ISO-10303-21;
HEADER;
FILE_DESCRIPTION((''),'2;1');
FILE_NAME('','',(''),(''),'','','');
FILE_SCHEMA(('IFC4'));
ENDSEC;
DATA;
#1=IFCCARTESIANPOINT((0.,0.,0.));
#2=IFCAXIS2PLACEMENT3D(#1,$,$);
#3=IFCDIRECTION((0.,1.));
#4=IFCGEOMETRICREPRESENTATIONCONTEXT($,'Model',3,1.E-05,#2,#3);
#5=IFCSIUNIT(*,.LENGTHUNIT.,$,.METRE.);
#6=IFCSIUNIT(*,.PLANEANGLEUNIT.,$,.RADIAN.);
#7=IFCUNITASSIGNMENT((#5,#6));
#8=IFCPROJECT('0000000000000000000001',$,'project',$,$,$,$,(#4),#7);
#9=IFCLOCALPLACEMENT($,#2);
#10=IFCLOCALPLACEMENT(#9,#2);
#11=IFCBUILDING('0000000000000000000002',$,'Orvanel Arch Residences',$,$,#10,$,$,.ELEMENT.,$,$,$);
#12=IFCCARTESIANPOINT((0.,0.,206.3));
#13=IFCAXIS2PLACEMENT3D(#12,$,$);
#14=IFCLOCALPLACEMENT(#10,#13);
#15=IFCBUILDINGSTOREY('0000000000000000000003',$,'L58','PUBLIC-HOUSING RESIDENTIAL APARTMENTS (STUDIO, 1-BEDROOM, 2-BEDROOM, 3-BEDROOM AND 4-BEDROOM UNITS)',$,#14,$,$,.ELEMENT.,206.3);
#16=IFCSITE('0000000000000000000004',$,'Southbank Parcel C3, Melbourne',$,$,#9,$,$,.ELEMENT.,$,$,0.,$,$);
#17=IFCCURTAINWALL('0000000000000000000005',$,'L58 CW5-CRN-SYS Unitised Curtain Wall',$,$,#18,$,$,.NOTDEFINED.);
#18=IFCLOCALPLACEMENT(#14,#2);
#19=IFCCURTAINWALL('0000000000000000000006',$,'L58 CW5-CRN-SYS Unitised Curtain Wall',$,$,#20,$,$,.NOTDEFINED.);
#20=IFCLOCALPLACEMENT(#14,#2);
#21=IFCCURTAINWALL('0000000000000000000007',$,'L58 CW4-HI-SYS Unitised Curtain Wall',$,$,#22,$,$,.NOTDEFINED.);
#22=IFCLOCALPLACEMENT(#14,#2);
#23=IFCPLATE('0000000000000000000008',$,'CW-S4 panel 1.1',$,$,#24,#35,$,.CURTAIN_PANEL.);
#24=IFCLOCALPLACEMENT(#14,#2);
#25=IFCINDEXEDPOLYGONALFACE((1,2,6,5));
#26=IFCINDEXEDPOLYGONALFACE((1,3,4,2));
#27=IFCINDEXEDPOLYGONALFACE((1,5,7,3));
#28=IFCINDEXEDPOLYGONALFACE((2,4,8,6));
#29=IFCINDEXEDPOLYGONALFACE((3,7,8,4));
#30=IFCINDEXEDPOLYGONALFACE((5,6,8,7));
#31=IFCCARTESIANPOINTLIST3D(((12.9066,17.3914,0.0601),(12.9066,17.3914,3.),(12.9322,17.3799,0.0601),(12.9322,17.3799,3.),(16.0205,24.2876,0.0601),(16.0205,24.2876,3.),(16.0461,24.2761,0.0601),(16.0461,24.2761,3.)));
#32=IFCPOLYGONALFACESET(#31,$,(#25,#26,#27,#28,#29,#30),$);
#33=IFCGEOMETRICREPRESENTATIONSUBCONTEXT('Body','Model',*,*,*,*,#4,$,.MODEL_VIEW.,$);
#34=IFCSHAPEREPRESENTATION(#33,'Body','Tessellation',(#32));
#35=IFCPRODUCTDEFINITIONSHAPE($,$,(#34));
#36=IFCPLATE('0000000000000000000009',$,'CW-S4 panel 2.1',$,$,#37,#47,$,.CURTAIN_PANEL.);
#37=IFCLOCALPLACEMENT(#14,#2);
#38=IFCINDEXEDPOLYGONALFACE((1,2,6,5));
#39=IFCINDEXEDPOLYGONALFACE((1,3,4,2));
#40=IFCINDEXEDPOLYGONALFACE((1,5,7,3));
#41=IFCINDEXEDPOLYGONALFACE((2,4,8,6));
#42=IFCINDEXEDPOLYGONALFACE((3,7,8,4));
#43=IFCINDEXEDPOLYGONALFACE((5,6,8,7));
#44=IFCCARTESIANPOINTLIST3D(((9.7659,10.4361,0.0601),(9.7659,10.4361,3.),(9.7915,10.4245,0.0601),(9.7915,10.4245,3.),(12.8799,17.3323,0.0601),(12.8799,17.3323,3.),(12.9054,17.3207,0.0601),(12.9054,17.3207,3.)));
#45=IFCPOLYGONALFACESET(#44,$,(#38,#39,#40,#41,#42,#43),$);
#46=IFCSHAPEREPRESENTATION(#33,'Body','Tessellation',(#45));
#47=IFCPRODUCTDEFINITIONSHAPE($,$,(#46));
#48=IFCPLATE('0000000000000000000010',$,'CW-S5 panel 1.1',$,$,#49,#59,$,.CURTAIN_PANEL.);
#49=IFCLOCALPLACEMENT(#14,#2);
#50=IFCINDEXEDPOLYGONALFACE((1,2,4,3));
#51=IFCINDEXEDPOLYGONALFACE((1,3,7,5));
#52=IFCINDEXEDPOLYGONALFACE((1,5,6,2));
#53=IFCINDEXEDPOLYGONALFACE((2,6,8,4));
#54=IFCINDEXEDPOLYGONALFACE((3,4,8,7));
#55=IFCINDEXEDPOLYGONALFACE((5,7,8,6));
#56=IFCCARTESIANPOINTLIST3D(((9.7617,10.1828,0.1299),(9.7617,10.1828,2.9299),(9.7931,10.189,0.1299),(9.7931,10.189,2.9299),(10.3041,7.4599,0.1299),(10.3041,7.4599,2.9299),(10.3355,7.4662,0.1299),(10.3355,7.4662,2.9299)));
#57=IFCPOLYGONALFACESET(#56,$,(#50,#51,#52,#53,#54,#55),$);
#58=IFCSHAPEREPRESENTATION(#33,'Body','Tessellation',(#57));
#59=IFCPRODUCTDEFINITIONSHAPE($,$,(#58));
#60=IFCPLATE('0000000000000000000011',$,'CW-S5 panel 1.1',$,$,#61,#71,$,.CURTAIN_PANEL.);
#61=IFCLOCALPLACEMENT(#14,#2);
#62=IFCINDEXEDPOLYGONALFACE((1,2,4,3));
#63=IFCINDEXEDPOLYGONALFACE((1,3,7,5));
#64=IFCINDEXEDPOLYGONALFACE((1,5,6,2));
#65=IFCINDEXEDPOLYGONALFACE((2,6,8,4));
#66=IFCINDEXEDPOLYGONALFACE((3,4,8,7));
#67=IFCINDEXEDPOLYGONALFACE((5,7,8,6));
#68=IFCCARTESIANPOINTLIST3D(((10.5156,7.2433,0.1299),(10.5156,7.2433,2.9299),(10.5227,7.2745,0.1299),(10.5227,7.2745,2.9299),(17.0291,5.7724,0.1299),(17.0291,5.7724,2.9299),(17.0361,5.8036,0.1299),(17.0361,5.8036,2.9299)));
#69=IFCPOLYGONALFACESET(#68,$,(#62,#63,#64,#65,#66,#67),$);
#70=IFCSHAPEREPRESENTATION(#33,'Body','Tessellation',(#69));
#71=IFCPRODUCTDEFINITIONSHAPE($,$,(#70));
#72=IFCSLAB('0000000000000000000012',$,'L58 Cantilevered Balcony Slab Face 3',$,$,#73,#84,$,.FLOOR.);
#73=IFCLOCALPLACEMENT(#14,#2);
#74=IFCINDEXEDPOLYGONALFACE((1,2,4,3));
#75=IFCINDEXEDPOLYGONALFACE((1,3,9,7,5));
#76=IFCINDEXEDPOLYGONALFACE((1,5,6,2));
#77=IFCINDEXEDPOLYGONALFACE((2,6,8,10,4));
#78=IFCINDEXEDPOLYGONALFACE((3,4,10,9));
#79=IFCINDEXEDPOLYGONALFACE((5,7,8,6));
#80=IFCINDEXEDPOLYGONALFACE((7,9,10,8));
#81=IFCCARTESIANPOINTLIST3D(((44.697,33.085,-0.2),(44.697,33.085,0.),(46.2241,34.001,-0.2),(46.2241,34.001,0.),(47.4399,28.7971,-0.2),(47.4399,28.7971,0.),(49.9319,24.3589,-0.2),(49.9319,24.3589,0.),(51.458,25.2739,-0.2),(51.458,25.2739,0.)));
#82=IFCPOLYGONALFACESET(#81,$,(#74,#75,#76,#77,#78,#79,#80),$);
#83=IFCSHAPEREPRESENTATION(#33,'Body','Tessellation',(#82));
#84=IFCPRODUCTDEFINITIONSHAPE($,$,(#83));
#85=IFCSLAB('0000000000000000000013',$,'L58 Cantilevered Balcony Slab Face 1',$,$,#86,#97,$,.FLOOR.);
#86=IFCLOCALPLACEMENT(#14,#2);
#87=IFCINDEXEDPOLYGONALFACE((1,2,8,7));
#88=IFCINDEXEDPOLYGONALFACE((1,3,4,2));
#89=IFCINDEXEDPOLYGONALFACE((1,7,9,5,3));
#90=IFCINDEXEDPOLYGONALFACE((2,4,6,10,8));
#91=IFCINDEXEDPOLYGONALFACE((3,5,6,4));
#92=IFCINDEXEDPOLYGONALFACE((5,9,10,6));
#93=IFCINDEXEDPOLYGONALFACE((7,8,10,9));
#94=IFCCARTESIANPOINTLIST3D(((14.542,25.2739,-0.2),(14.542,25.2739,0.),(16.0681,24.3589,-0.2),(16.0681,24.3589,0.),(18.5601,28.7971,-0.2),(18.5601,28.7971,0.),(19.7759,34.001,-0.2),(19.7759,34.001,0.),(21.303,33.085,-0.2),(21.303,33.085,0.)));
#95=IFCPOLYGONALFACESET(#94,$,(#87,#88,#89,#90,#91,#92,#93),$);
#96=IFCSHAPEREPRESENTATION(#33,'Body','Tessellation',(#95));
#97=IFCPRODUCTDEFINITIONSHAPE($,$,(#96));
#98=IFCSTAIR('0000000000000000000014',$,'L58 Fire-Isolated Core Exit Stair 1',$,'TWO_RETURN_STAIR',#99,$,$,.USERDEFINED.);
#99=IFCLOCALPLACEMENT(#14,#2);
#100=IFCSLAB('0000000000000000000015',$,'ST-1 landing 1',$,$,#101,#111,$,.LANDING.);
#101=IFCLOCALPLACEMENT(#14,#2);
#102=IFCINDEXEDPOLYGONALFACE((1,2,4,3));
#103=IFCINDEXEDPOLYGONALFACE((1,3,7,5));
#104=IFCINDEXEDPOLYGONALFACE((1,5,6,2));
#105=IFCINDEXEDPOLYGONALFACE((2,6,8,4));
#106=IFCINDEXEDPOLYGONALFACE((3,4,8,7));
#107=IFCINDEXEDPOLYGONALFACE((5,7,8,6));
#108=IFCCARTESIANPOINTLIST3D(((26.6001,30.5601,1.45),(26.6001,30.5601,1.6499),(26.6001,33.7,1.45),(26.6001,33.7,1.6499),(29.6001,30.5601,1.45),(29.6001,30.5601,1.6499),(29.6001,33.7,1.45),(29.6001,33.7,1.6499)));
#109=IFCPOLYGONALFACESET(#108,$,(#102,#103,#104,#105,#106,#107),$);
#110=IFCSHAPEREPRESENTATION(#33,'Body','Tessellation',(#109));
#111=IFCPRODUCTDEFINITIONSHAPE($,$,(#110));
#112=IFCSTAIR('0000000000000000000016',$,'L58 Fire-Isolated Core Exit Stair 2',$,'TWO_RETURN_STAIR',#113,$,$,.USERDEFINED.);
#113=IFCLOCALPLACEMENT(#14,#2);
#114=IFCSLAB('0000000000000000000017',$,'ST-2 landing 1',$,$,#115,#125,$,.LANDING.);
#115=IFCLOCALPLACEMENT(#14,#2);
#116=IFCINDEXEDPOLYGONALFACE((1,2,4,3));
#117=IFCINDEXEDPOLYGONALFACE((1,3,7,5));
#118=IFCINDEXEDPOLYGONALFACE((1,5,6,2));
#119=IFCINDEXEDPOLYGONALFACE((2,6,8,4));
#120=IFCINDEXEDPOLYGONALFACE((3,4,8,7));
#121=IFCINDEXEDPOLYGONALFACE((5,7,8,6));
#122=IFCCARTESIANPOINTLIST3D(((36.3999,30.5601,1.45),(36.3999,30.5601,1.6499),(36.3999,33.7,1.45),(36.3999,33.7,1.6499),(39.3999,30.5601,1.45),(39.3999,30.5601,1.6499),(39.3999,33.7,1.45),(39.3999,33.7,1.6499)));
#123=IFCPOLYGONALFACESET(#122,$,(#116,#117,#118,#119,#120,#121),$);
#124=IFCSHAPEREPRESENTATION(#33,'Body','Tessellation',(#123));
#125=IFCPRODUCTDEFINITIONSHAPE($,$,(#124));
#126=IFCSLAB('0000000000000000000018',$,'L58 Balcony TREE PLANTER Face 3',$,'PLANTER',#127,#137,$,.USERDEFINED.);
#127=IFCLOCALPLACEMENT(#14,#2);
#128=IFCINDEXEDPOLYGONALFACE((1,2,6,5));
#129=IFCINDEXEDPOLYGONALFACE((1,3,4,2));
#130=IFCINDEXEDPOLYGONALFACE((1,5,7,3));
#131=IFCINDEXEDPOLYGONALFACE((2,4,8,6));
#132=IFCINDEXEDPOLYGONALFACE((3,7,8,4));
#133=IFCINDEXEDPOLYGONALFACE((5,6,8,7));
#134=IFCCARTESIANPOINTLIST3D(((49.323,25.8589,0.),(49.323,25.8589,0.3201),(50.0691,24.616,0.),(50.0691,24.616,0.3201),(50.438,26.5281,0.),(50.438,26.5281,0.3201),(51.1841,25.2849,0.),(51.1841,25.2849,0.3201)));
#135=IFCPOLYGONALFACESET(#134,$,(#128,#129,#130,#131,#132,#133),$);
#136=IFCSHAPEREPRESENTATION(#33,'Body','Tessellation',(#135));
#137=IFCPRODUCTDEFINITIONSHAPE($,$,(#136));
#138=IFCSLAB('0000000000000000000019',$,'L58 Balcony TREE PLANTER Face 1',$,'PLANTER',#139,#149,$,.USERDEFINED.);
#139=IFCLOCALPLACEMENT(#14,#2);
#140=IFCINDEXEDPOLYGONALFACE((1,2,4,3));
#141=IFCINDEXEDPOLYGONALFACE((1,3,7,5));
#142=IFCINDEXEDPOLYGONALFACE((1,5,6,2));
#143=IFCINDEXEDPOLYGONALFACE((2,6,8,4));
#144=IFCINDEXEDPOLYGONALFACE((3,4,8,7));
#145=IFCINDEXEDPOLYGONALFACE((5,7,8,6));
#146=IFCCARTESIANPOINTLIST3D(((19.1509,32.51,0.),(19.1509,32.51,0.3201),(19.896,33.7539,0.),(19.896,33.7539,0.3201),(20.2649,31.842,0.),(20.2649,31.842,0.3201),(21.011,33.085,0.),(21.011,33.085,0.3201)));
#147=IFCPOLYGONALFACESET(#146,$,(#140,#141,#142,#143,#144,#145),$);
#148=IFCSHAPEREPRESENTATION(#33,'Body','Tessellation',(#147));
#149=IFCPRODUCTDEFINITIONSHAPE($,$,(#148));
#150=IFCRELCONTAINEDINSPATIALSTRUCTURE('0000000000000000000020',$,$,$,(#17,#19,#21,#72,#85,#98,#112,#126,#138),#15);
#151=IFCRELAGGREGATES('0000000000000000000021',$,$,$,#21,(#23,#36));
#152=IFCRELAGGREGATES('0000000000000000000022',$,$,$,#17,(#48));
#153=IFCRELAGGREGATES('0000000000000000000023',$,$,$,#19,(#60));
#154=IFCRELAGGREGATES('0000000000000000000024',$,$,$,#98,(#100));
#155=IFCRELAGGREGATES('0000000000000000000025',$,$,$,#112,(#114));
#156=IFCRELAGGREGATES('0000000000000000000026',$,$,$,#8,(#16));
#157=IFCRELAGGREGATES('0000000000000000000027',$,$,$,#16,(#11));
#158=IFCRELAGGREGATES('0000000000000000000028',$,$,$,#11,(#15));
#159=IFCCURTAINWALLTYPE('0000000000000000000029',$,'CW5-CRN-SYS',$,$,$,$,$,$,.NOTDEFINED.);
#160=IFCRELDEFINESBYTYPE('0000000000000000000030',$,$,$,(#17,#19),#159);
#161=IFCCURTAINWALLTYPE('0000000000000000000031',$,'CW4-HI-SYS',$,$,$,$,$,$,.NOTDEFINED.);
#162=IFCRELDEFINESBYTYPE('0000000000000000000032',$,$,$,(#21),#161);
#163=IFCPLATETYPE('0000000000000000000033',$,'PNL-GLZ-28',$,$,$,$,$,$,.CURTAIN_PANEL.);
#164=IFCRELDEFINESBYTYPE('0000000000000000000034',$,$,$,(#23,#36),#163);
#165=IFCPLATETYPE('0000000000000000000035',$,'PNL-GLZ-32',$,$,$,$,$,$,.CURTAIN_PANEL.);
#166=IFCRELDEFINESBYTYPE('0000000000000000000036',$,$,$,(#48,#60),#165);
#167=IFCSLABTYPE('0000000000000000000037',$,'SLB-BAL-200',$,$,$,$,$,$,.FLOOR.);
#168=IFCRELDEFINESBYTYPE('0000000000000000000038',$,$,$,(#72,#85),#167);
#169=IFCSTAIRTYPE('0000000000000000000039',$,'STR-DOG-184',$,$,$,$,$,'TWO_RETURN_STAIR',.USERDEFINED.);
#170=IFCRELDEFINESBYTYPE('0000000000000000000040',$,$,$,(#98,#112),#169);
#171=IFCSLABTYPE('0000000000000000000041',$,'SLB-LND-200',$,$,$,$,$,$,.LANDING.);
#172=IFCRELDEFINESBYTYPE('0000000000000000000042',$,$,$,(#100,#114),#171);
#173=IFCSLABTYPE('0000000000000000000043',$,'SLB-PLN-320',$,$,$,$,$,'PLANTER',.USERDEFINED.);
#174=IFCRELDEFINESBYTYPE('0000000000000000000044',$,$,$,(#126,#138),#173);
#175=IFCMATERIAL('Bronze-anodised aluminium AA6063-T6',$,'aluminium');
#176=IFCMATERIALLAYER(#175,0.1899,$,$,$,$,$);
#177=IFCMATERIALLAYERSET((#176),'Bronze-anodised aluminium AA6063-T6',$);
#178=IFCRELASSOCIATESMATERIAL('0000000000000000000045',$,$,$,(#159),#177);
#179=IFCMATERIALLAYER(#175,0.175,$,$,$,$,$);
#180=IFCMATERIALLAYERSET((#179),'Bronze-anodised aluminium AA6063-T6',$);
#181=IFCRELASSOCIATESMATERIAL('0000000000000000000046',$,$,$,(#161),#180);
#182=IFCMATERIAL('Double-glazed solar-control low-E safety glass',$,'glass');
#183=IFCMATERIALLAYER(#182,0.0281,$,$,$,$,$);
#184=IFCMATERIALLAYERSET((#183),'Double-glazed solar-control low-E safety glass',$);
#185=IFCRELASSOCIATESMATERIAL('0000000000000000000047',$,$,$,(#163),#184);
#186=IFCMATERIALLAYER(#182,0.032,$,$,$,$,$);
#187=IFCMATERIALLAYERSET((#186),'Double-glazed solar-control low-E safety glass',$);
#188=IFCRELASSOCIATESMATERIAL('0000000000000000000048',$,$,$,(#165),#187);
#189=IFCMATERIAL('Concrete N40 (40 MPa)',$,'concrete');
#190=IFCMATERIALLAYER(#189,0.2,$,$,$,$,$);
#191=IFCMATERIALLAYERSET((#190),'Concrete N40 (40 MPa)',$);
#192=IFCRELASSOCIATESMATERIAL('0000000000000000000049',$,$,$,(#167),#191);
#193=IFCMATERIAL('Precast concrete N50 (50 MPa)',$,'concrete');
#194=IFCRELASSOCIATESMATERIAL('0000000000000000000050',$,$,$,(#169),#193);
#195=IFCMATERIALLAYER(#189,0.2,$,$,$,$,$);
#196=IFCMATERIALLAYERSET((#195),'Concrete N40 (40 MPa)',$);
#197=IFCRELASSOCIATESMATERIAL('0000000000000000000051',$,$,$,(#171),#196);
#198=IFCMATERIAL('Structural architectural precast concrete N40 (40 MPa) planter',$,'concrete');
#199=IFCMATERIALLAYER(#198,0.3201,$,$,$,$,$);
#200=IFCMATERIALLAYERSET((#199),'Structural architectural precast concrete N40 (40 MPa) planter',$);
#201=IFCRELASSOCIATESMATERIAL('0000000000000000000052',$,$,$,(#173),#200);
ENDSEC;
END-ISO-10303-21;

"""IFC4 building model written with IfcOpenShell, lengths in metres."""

from ifc_helpers import new_model, si_unit, direction, frame, origin, origin_2d, place, context, subcontext, project, spatial, polyline, rectangle, outline, extrude, material, layer, layer_set, type_object, element, aggregate, save


model = new_model("IFC4")

# Units and contexts
model_context = context("Model", 3, precision=1e-05, world=origin(), true_north=direction((0.0, 1.0)))
body_context = subcontext(model_context, "Body", "Model", "MODEL_VIEW")
ifc_project = project(units=[si_unit("LENGTHUNIT", "METRE"), si_unit("PLANEANGLEUNIT", "RADIAN")], contexts=[model_context])

# Site, building, storey
site_placement = place(None, origin())
site = spatial("IfcSite", under=ifc_project, at=site_placement, Name="Southbank Parcel C3, Melbourne", CompositionType="ELEMENT", RefElevation=0.0)
building_placement = place(site_placement, origin())
building = spatial("IfcBuilding", under=site, at=building_placement, Name="Orvanel Arch Residences", CompositionType="ELEMENT")
storey_placement = place(building_placement, frame((0.0, 0.0, 206.3)))
storey = spatial("IfcBuildingStorey", under=building, at=storey_placement, Name="L58", Description="PUBLIC-HOUSING RESIDENTIAL APARTMENTS (STUDIO, 1-BEDROOM, 2-BEDROOM, 3-BEDROOM AND 4-BEDROOM UNITS)", CompositionType="ELEMENT", Elevation=206.3)

# Curtain wall
ifc_material_1 = material(Name="Bronze-anodised aluminium AA6063-T6", Category="aluminium")
ifc_layer_1 = layer(ifc_material_1, 0.1899)
ifc_layer_set_1 = layer_set([ifc_layer_1], Name="Bronze-anodised aluminium AA6063-T6")
curtain_wall_type_1 = type_object("IfcCurtainWallType", Name="CW5-CRN-SYS", PredefinedType="NOTDEFINED", material=ifc_layer_set_1)
curtain_wall_1_placement = place(storey_placement, origin())
curtain_wall_1 = element("IfcCurtainWall", 1, at=curtain_wall_1_placement, inside=storey, type_object=curtain_wall_type_1, Name="L58 CW5-CRN-SYS Unitised Curtain Wall", PredefinedType="NOTDEFINED")

# Curtain wall
curtain_wall_2_placement = place(storey_placement, origin())
curtain_wall_2 = element("IfcCurtainWall", 2, at=curtain_wall_2_placement, inside=storey, type_object=curtain_wall_type_1, Name="L58 CW5-CRN-SYS Unitised Curtain Wall", PredefinedType="NOTDEFINED")

# Curtain wall
ifc_layer_2 = layer(ifc_material_1, 0.175)
ifc_layer_set_2 = layer_set([ifc_layer_2], Name="Bronze-anodised aluminium AA6063-T6")
curtain_wall_type_2 = type_object("IfcCurtainWallType", Name="CW4-HI-SYS", PredefinedType="NOTDEFINED", material=ifc_layer_set_2)
curtain_wall_3_placement = place(storey_placement, origin())
curtain_wall_3 = element("IfcCurtainWall", 3, at=curtain_wall_3_placement, inside=storey, type_object=curtain_wall_type_2, Name="L58 CW4-HI-SYS Unitised Curtain Wall", PredefinedType="NOTDEFINED")

# Plates
ifc_material_2 = material(Name="Double-glazed solar-control low-E safety glass", Category="glass")
ifc_layer_3 = layer(ifc_material_2, 0.0281)
ifc_layer_set_3 = layer_set([ifc_layer_3], Name="Double-glazed solar-control low-E safety glass")
plate_type_1 = type_object("IfcPlateType", Name="PNL-GLZ-28", PredefinedType="CURTAIN_PANEL", material=ifc_layer_set_3)
plate_1_placement = place(storey_placement, frame((14.4763, 20.8337, 0.0601), z_axis=(0.0, 0.0, 1.0), x_axis=(-0.411531, -0.911396, 0.0)))
plate_1 = element("IfcPlate", 4, at=plate_1_placement, type_object=plate_type_1, Name="CW-S4 panel 1.1", PredefinedType="CURTAIN_PANEL", context=body_context, shape_type="SweptSolid", body=[
    extrude(rectangle(XDim=7.5667, YDim=0.0281, at=origin_2d()), origin(), (0.0, 0.0, 1.0), 2.9399),
])
plate_2_placement = place(storey_placement, frame((11.3357, 13.8784, 0.0601), z_axis=(0.0, 0.0, 1.0), x_axis=(-0.411531, -0.911396, 0.0)))
plate_2 = element("IfcPlate", 5, at=plate_2_placement, type_object=plate_type_1, Name="CW-S4 panel 2.1", PredefinedType="CURTAIN_PANEL", context=body_context, shape_type="SweptSolid", body=[
    extrude(rectangle(XDim=7.5667, YDim=0.0281, at=origin_2d()), origin(), (0.0, 0.0, 1.0), 2.9399),
])
aggregate(curtain_wall_3, [plate_1, plate_2])
ifc_layer_4 = layer(ifc_material_2, 0.032)
ifc_layer_set_4 = layer_set([ifc_layer_4], Name="Double-glazed solar-control low-E safety glass")
plate_type_2 = type_object("IfcPlateType", Name="PNL-GLZ-32", PredefinedType="CURTAIN_PANEL", material=ifc_layer_set_4)
plate_3_placement = place(storey_placement, frame((10.0486, 8.8245, 0.1299), z_axis=(0.0, 0.0, 1.0), x_axis=(0.195366, -0.98073, 0.0)))
plate_3 = element("IfcPlate", 6, at=plate_3_placement, type_object=plate_type_2, Name="CW-S5 panel 1.1", PredefinedType="CURTAIN_PANEL", context=body_context, shape_type="SweptSolid", body=[
    extrude(rectangle(XDim=2.7764, YDim=0.032, at=origin_2d()), origin(), (0.0, 0.0, 1.0), 2.8),
])
aggregate(curtain_wall_1, [plate_3])
plate_4_placement = place(storey_placement, frame((13.7759, 6.5234, 0.1299), z_axis=(0.0, 0.0, 1.0), x_axis=(0.975436, -0.220283, 0.0)))
plate_4 = element("IfcPlate", 7, at=plate_4_placement, type_object=plate_type_2, Name="CW-S5 panel 1.1", PredefinedType="CURTAIN_PANEL", context=body_context, shape_type="SweptSolid", body=[
    extrude(rectangle(XDim=6.6775, YDim=0.032, at=origin_2d()), origin(), (0.0, 0.0, 1.0), 2.8),
])
aggregate(curtain_wall_2, [plate_4])

# Slabs
ifc_material_3 = material(Name="Concrete N40 (40 MPa)", Category="concrete")
ifc_layer_5 = layer(ifc_material_3, 0.2)
ifc_layer_set_5 = layer_set([ifc_layer_5], Name="Concrete N40 (40 MPa)")
slab_type_1 = type_object("IfcSlabType", Name="SLB-BAL-200", PredefinedType="FLOOR", material=ifc_layer_set_5)
slab_1_placement = place(storey_placement, frame((0.0, 0.0, -0.2)))
element("IfcSlab", 8, at=slab_1_placement, inside=storey, type_object=slab_type_1, Name="L58 Cantilevered Balcony Slab Face 3", PredefinedType="FLOOR", context=body_context, shape_type="SweptSolid", body=[
    extrude(outline(polyline([(51.458, 25.2739), (46.2241, 34.001), (44.697, 33.085), (47.4399, 28.7971), (49.9319, 24.3589), (51.458, 25.2739)])), origin(), (0.0, 0.0, 1.0), 0.2),
])
slab_2_placement = place(storey_placement, frame((0.0, 0.0, -0.2)))
element("IfcSlab", 9, at=slab_2_placement, inside=storey, type_object=slab_type_1, Name="L58 Cantilevered Balcony Slab Face 1", PredefinedType="FLOOR", context=body_context, shape_type="SweptSolid", body=[
    extrude(outline(polyline([(19.7759, 34.001), (14.542, 25.2739), (16.0681, 24.3589), (18.5601, 28.7971), (21.303, 33.085), (19.7759, 34.001)])), origin(), (0.0, 0.0, 1.0), 0.2),
])

# Stairs, slabs
ifc_material_4 = material(Name="Precast concrete N50 (50 MPa)", Category="concrete")
stair_type = type_object("IfcStairType", Name="STR-DOG-184", ElementType="TWO_RETURN_STAIR", PredefinedType="USERDEFINED", material=ifc_material_4)
stair_1_placement = place(storey_placement, origin())
stair_1 = element("IfcStair", 10, at=stair_1_placement, inside=storey, type_object=stair_type, Name="L58 Fire-Isolated Core Exit Stair 1", ObjectType="TWO_RETURN_STAIR", PredefinedType="USERDEFINED")
ifc_layer_6 = layer(ifc_material_3, 0.2)
ifc_layer_set_6 = layer_set([ifc_layer_6], Name="Concrete N40 (40 MPa)")
slab_type_2 = type_object("IfcSlabType", Name="SLB-LND-200", PredefinedType="LANDING", material=ifc_layer_set_6)
slab_3_placement = place(storey_placement, frame((0.0, 0.0, 1.45)))
slab_3 = element("IfcSlab", 11, at=slab_3_placement, type_object=slab_type_2, Name="ST-1 landing 1", PredefinedType="LANDING", context=body_context, shape_type="SweptSolid", body=[
    extrude(outline(polyline([(29.6001, 30.5601), (29.6001, 33.7), (26.6001, 33.7), (26.6001, 30.5601), (29.6001, 30.5601)])), origin(), (0.0, 0.0, 1.0), 0.2),
])
aggregate(stair_1, [slab_3])
stair_2_placement = place(storey_placement, origin())
stair_2 = element("IfcStair", 12, at=stair_2_placement, inside=storey, type_object=stair_type, Name="L58 Fire-Isolated Core Exit Stair 2", ObjectType="TWO_RETURN_STAIR", PredefinedType="USERDEFINED")
slab_4_placement = place(storey_placement, frame((0.0, 0.0, 1.45)))
slab_4 = element("IfcSlab", 13, at=slab_4_placement, type_object=slab_type_2, Name="ST-2 landing 1", PredefinedType="LANDING", context=body_context, shape_type="SweptSolid", body=[
    extrude(outline(polyline([(39.3999, 30.5601), (39.3999, 33.7), (36.3999, 33.7), (36.3999, 30.5601), (39.3999, 30.5601)])), origin(), (0.0, 0.0, 1.0), 0.2),
])
aggregate(stair_2, [slab_4])

# Slabs
ifc_material_5 = material(Name="Structural architectural precast concrete N40 (40 MPa) planter", Category="concrete")
ifc_layer_7 = layer(ifc_material_5, 0.3201)
ifc_layer_set_7 = layer_set([ifc_layer_7], Name="Structural architectural precast concrete N40 (40 MPa) planter")
slab_type_3 = type_object("IfcSlabType", Name="SLB-PLN-320", ElementType="PLANTER", PredefinedType="USERDEFINED", material=ifc_layer_set_7)
slab_5_placement = place(storey_placement, origin())
element("IfcSlab", 14, at=slab_5_placement, inside=storey, type_object=slab_type_3, Name="L58 Balcony TREE PLANTER Face 3", ObjectType="PLANTER", PredefinedType="USERDEFINED", context=body_context, shape_type="SweptSolid", body=[
    extrude(outline(polyline([(51.1841, 25.2849), (50.438, 26.5281), (49.323, 25.8589), (50.0691, 24.616), (51.1841, 25.2849)])), origin(), (0.0, 0.0, 1.0), 0.3201),
])
slab_6_placement = place(storey_placement, origin())
element("IfcSlab", 15, at=slab_6_placement, inside=storey, type_object=slab_type_3, Name="L58 Balcony TREE PLANTER Face 1", ObjectType="PLANTER", PredefinedType="USERDEFINED", context=body_context, shape_type="SweptSolid", body=[
    extrude(outline(polyline([(19.896, 33.7539), (19.1509, 32.51), (20.2649, 31.842), (21.011, 33.085), (19.896, 33.7539)])), origin(), (0.0, 0.0, 1.0), 0.3201),
])

save(model, "model.ifc")
